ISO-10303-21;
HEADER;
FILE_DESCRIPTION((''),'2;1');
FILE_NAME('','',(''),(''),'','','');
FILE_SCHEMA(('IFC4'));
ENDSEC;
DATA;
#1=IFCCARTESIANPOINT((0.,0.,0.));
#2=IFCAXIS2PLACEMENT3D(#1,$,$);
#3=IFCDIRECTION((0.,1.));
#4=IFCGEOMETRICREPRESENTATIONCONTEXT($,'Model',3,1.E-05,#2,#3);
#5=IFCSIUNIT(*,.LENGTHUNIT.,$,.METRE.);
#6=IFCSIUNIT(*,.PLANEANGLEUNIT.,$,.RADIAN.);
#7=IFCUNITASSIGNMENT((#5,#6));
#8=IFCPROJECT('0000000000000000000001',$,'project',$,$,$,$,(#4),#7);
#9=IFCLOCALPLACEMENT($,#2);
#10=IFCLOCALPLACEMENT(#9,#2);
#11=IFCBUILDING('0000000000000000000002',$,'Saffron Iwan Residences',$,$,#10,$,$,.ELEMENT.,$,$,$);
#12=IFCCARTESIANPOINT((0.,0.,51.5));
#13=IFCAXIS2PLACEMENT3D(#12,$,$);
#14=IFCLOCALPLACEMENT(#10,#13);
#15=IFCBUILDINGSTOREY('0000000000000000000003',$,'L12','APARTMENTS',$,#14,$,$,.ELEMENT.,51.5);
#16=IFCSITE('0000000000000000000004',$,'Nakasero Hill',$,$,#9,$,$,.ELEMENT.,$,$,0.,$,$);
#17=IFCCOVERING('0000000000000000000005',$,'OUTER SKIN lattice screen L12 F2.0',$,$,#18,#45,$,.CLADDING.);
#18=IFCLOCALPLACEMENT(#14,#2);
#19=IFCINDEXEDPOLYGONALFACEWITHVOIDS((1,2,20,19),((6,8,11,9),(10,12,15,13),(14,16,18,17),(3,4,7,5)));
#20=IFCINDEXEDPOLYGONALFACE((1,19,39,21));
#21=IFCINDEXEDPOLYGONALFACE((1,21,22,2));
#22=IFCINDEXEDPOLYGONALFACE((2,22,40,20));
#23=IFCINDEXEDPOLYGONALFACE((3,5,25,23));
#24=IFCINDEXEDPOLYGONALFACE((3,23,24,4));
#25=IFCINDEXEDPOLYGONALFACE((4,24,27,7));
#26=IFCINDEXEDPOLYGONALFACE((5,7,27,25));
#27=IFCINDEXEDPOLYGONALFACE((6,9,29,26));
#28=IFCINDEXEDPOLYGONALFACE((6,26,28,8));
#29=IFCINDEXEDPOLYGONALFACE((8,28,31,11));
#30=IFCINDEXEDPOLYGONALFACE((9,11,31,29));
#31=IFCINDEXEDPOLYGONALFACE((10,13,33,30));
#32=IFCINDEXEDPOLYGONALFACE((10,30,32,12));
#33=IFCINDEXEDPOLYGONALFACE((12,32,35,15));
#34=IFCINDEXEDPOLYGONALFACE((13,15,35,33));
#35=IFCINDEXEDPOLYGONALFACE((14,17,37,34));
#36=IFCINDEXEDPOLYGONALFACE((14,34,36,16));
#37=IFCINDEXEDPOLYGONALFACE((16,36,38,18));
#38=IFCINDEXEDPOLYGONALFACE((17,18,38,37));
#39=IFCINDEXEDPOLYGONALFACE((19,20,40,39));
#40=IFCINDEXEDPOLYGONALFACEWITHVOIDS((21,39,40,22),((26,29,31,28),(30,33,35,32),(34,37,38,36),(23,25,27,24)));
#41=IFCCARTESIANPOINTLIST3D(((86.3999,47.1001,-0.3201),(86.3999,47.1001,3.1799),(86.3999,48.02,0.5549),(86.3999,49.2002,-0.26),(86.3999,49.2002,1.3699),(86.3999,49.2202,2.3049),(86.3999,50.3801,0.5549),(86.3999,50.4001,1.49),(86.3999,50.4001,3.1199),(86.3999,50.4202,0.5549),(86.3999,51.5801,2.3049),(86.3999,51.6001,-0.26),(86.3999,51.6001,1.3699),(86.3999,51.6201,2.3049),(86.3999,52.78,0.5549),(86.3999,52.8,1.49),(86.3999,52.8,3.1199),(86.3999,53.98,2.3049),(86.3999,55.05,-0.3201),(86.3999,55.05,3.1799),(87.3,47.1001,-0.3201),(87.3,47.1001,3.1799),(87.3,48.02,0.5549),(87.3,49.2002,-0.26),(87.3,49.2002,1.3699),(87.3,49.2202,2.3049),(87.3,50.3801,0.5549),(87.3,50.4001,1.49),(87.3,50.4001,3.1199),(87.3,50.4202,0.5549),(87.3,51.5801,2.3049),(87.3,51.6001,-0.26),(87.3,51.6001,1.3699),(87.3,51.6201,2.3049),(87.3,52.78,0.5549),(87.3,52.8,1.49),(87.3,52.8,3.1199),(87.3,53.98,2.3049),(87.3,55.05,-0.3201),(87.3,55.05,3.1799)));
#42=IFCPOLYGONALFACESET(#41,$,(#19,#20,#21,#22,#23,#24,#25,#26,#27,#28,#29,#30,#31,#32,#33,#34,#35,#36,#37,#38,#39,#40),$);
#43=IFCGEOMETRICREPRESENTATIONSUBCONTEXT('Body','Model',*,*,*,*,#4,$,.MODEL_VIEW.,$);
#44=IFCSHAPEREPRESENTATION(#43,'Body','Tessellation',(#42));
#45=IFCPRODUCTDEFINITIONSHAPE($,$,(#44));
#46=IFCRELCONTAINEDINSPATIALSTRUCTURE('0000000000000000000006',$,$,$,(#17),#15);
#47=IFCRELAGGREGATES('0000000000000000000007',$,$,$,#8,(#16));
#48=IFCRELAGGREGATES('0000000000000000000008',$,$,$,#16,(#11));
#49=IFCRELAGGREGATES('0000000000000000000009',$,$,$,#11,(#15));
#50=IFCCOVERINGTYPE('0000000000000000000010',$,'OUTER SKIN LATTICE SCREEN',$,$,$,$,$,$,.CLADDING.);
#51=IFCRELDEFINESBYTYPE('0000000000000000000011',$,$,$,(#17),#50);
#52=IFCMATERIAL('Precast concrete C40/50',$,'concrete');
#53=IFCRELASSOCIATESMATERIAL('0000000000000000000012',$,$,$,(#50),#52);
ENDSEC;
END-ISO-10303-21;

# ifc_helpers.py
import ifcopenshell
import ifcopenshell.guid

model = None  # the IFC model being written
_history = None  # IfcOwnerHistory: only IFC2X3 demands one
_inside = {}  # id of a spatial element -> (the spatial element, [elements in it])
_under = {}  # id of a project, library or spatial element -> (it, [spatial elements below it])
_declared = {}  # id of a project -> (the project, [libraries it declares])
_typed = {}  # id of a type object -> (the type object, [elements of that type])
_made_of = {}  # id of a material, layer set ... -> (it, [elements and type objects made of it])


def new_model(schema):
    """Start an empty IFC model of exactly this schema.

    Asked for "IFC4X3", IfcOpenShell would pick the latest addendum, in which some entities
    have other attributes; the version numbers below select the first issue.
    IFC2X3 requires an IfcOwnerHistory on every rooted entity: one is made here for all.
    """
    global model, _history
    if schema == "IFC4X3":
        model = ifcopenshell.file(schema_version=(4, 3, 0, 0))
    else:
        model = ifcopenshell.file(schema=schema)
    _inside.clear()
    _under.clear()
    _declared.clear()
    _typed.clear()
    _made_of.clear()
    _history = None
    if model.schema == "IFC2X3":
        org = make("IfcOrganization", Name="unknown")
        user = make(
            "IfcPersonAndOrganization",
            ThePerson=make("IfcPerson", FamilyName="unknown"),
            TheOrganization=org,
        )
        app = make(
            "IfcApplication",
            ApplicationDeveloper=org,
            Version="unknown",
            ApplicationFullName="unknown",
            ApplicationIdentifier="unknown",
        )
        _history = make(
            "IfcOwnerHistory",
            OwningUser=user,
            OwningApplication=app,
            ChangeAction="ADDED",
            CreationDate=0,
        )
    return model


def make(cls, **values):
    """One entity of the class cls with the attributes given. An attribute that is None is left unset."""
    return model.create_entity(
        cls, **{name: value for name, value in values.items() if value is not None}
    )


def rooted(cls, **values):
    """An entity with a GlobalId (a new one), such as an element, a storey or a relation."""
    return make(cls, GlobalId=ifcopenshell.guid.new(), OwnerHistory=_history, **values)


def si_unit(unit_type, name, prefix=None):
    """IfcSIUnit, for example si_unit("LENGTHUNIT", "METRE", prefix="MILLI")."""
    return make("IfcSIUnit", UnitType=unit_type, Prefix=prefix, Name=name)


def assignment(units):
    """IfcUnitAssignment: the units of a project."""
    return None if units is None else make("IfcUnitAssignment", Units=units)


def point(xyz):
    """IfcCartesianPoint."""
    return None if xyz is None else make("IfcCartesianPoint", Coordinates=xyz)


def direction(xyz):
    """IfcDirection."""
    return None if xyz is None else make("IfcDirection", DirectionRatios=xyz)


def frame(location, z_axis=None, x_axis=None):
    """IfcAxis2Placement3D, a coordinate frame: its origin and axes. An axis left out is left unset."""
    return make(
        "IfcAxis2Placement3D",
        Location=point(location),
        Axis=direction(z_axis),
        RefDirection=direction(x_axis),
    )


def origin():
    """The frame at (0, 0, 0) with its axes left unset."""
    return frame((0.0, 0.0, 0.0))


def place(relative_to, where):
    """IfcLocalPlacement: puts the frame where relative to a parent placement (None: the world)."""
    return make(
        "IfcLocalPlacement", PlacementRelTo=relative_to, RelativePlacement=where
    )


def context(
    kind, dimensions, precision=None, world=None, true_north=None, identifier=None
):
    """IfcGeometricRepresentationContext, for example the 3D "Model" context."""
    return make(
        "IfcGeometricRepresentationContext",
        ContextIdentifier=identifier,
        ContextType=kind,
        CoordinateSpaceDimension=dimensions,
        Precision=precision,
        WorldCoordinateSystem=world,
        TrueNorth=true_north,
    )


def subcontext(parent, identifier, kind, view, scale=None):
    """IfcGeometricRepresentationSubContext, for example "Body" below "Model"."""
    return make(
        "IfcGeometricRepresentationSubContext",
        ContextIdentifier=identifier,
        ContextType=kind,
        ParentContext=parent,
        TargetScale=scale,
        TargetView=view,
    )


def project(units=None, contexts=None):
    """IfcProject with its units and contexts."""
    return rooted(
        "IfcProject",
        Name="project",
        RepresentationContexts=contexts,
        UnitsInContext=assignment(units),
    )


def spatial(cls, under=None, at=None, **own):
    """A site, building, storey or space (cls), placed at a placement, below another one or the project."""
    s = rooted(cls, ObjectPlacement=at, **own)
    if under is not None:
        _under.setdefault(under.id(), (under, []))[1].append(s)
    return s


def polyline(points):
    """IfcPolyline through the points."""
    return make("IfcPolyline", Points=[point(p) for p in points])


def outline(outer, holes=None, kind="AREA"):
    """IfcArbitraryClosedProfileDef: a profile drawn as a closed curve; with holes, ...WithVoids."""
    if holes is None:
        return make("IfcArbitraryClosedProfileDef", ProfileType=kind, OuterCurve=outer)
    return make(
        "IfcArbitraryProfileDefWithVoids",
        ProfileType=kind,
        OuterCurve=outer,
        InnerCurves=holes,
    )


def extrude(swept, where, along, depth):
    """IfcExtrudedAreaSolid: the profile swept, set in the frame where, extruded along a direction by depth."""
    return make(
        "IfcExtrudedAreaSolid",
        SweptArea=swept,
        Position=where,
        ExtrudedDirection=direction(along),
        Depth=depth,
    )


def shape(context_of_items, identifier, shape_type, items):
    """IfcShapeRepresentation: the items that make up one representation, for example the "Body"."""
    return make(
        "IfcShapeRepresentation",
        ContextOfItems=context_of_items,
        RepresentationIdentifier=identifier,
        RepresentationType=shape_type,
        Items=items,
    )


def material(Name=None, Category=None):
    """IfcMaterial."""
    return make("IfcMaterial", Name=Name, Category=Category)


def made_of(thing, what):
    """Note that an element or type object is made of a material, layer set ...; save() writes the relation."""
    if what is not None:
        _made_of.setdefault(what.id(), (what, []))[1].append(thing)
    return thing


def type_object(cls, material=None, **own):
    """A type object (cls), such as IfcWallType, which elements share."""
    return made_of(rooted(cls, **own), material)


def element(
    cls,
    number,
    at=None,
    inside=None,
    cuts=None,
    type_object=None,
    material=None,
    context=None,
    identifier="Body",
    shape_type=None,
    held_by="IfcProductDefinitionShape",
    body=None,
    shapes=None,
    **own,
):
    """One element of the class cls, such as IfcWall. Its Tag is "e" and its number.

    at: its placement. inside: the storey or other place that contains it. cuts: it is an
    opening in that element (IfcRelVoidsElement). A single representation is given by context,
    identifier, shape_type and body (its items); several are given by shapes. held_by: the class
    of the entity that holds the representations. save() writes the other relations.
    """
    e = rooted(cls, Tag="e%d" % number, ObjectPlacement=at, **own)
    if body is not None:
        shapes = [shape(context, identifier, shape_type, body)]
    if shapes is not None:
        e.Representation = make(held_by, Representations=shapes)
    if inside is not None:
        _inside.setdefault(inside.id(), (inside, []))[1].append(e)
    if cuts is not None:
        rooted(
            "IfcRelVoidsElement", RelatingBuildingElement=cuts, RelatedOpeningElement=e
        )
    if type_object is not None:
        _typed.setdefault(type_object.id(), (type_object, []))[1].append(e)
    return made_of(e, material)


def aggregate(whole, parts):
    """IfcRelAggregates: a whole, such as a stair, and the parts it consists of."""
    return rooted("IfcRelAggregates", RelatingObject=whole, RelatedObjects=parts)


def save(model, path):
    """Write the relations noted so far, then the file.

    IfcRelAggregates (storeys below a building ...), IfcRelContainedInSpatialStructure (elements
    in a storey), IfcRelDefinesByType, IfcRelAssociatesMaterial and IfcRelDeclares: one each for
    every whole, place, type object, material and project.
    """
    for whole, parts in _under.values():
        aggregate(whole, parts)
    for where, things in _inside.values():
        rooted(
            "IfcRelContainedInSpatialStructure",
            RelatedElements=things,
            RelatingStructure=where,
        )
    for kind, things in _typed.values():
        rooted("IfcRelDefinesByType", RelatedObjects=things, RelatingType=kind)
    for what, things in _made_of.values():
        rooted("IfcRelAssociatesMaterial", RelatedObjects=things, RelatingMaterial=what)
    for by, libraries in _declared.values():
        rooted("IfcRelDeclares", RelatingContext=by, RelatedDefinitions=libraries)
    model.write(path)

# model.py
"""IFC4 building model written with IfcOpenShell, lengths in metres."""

from ifc_helpers import new_model, si_unit, direction, frame, origin, place, context, subcontext, project, spatial, polyline, outline, extrude, material, type_object, element, save


model = new_model("IFC4")

# Units and contexts
model_context = context("Model", 3, precision=1e-05, world=origin(), true_north=direction((0.0, 1.0)))
body_context = subcontext(model_context, "Body", "Model", "MODEL_VIEW")
ifc_project = project(units=[si_unit("LENGTHUNIT", "METRE"), si_unit("PLANEANGLEUNIT", "RADIAN")], contexts=[model_context])

# Site, building, storey
site_placement = place(None, origin())
site = spatial("IfcSite", under=ifc_project, at=site_placement, Name="Nakasero Hill", CompositionType="ELEMENT", RefElevation=0.0)
building_placement = place(site_placement, origin())
building = spatial("IfcBuilding", under=site, at=building_placement, Name="Saffron Iwan Residences", CompositionType="ELEMENT")
storey_placement = place(building_placement, frame((0.0, 0.0, 51.5)))
storey = spatial("IfcBuildingStorey", under=building, at=storey_placement, Name="L12", Description="APARTMENTS", CompositionType="ELEMENT", Elevation=51.5)

# Covering
ifc_material_1 = material(Name="Precast concrete C40/50", Category="concrete")
covering_type = type_object("IfcCoveringType", Name="OUTER SKIN LATTICE SCREEN", PredefinedType="CLADDING", material=ifc_material_1)
covering_placement = place(storey_placement, frame((86.3999, 47.1001, -0.3201), z_axis=(1.0, 0.0, 0.0), x_axis=(0.0, 1.0, 0.0)))
element("IfcCovering", 1, at=covering_placement, inside=storey, type_object=covering_type, Name="OUTER SKIN lattice screen L12 F2.0", PredefinedType="CLADDING", context=body_context, shape_type="SweptSolid", body=[
    extrude(outline(polyline([(0.0, 0.0), (7.95, 0.0), (7.95, 3.5), (0.0, 3.5), (0.0, 0.0)]), holes=[polyline([(0.9199, 0.875), (2.1001, 0.0601), (3.28, 0.875), (2.1001, 1.6899), (0.9199, 0.875)]), polyline([(3.3201, 0.875), (4.5, 0.0601), (5.6799, 0.875), (4.5, 1.6899), (3.3201, 0.875)]), polyline([(2.1201, 2.625), (3.3, 1.8101), (4.48, 2.625), (3.3, 3.4399), (2.1201, 2.625)]), polyline([(4.52, 2.625), (5.7, 1.8101), (6.8799, 2.625), (5.7, 3.4399), (4.52, 2.625)])]), origin(), (0.0, 0.0, 1.0), 0.9001),
])

save(model, "model.ifc")
